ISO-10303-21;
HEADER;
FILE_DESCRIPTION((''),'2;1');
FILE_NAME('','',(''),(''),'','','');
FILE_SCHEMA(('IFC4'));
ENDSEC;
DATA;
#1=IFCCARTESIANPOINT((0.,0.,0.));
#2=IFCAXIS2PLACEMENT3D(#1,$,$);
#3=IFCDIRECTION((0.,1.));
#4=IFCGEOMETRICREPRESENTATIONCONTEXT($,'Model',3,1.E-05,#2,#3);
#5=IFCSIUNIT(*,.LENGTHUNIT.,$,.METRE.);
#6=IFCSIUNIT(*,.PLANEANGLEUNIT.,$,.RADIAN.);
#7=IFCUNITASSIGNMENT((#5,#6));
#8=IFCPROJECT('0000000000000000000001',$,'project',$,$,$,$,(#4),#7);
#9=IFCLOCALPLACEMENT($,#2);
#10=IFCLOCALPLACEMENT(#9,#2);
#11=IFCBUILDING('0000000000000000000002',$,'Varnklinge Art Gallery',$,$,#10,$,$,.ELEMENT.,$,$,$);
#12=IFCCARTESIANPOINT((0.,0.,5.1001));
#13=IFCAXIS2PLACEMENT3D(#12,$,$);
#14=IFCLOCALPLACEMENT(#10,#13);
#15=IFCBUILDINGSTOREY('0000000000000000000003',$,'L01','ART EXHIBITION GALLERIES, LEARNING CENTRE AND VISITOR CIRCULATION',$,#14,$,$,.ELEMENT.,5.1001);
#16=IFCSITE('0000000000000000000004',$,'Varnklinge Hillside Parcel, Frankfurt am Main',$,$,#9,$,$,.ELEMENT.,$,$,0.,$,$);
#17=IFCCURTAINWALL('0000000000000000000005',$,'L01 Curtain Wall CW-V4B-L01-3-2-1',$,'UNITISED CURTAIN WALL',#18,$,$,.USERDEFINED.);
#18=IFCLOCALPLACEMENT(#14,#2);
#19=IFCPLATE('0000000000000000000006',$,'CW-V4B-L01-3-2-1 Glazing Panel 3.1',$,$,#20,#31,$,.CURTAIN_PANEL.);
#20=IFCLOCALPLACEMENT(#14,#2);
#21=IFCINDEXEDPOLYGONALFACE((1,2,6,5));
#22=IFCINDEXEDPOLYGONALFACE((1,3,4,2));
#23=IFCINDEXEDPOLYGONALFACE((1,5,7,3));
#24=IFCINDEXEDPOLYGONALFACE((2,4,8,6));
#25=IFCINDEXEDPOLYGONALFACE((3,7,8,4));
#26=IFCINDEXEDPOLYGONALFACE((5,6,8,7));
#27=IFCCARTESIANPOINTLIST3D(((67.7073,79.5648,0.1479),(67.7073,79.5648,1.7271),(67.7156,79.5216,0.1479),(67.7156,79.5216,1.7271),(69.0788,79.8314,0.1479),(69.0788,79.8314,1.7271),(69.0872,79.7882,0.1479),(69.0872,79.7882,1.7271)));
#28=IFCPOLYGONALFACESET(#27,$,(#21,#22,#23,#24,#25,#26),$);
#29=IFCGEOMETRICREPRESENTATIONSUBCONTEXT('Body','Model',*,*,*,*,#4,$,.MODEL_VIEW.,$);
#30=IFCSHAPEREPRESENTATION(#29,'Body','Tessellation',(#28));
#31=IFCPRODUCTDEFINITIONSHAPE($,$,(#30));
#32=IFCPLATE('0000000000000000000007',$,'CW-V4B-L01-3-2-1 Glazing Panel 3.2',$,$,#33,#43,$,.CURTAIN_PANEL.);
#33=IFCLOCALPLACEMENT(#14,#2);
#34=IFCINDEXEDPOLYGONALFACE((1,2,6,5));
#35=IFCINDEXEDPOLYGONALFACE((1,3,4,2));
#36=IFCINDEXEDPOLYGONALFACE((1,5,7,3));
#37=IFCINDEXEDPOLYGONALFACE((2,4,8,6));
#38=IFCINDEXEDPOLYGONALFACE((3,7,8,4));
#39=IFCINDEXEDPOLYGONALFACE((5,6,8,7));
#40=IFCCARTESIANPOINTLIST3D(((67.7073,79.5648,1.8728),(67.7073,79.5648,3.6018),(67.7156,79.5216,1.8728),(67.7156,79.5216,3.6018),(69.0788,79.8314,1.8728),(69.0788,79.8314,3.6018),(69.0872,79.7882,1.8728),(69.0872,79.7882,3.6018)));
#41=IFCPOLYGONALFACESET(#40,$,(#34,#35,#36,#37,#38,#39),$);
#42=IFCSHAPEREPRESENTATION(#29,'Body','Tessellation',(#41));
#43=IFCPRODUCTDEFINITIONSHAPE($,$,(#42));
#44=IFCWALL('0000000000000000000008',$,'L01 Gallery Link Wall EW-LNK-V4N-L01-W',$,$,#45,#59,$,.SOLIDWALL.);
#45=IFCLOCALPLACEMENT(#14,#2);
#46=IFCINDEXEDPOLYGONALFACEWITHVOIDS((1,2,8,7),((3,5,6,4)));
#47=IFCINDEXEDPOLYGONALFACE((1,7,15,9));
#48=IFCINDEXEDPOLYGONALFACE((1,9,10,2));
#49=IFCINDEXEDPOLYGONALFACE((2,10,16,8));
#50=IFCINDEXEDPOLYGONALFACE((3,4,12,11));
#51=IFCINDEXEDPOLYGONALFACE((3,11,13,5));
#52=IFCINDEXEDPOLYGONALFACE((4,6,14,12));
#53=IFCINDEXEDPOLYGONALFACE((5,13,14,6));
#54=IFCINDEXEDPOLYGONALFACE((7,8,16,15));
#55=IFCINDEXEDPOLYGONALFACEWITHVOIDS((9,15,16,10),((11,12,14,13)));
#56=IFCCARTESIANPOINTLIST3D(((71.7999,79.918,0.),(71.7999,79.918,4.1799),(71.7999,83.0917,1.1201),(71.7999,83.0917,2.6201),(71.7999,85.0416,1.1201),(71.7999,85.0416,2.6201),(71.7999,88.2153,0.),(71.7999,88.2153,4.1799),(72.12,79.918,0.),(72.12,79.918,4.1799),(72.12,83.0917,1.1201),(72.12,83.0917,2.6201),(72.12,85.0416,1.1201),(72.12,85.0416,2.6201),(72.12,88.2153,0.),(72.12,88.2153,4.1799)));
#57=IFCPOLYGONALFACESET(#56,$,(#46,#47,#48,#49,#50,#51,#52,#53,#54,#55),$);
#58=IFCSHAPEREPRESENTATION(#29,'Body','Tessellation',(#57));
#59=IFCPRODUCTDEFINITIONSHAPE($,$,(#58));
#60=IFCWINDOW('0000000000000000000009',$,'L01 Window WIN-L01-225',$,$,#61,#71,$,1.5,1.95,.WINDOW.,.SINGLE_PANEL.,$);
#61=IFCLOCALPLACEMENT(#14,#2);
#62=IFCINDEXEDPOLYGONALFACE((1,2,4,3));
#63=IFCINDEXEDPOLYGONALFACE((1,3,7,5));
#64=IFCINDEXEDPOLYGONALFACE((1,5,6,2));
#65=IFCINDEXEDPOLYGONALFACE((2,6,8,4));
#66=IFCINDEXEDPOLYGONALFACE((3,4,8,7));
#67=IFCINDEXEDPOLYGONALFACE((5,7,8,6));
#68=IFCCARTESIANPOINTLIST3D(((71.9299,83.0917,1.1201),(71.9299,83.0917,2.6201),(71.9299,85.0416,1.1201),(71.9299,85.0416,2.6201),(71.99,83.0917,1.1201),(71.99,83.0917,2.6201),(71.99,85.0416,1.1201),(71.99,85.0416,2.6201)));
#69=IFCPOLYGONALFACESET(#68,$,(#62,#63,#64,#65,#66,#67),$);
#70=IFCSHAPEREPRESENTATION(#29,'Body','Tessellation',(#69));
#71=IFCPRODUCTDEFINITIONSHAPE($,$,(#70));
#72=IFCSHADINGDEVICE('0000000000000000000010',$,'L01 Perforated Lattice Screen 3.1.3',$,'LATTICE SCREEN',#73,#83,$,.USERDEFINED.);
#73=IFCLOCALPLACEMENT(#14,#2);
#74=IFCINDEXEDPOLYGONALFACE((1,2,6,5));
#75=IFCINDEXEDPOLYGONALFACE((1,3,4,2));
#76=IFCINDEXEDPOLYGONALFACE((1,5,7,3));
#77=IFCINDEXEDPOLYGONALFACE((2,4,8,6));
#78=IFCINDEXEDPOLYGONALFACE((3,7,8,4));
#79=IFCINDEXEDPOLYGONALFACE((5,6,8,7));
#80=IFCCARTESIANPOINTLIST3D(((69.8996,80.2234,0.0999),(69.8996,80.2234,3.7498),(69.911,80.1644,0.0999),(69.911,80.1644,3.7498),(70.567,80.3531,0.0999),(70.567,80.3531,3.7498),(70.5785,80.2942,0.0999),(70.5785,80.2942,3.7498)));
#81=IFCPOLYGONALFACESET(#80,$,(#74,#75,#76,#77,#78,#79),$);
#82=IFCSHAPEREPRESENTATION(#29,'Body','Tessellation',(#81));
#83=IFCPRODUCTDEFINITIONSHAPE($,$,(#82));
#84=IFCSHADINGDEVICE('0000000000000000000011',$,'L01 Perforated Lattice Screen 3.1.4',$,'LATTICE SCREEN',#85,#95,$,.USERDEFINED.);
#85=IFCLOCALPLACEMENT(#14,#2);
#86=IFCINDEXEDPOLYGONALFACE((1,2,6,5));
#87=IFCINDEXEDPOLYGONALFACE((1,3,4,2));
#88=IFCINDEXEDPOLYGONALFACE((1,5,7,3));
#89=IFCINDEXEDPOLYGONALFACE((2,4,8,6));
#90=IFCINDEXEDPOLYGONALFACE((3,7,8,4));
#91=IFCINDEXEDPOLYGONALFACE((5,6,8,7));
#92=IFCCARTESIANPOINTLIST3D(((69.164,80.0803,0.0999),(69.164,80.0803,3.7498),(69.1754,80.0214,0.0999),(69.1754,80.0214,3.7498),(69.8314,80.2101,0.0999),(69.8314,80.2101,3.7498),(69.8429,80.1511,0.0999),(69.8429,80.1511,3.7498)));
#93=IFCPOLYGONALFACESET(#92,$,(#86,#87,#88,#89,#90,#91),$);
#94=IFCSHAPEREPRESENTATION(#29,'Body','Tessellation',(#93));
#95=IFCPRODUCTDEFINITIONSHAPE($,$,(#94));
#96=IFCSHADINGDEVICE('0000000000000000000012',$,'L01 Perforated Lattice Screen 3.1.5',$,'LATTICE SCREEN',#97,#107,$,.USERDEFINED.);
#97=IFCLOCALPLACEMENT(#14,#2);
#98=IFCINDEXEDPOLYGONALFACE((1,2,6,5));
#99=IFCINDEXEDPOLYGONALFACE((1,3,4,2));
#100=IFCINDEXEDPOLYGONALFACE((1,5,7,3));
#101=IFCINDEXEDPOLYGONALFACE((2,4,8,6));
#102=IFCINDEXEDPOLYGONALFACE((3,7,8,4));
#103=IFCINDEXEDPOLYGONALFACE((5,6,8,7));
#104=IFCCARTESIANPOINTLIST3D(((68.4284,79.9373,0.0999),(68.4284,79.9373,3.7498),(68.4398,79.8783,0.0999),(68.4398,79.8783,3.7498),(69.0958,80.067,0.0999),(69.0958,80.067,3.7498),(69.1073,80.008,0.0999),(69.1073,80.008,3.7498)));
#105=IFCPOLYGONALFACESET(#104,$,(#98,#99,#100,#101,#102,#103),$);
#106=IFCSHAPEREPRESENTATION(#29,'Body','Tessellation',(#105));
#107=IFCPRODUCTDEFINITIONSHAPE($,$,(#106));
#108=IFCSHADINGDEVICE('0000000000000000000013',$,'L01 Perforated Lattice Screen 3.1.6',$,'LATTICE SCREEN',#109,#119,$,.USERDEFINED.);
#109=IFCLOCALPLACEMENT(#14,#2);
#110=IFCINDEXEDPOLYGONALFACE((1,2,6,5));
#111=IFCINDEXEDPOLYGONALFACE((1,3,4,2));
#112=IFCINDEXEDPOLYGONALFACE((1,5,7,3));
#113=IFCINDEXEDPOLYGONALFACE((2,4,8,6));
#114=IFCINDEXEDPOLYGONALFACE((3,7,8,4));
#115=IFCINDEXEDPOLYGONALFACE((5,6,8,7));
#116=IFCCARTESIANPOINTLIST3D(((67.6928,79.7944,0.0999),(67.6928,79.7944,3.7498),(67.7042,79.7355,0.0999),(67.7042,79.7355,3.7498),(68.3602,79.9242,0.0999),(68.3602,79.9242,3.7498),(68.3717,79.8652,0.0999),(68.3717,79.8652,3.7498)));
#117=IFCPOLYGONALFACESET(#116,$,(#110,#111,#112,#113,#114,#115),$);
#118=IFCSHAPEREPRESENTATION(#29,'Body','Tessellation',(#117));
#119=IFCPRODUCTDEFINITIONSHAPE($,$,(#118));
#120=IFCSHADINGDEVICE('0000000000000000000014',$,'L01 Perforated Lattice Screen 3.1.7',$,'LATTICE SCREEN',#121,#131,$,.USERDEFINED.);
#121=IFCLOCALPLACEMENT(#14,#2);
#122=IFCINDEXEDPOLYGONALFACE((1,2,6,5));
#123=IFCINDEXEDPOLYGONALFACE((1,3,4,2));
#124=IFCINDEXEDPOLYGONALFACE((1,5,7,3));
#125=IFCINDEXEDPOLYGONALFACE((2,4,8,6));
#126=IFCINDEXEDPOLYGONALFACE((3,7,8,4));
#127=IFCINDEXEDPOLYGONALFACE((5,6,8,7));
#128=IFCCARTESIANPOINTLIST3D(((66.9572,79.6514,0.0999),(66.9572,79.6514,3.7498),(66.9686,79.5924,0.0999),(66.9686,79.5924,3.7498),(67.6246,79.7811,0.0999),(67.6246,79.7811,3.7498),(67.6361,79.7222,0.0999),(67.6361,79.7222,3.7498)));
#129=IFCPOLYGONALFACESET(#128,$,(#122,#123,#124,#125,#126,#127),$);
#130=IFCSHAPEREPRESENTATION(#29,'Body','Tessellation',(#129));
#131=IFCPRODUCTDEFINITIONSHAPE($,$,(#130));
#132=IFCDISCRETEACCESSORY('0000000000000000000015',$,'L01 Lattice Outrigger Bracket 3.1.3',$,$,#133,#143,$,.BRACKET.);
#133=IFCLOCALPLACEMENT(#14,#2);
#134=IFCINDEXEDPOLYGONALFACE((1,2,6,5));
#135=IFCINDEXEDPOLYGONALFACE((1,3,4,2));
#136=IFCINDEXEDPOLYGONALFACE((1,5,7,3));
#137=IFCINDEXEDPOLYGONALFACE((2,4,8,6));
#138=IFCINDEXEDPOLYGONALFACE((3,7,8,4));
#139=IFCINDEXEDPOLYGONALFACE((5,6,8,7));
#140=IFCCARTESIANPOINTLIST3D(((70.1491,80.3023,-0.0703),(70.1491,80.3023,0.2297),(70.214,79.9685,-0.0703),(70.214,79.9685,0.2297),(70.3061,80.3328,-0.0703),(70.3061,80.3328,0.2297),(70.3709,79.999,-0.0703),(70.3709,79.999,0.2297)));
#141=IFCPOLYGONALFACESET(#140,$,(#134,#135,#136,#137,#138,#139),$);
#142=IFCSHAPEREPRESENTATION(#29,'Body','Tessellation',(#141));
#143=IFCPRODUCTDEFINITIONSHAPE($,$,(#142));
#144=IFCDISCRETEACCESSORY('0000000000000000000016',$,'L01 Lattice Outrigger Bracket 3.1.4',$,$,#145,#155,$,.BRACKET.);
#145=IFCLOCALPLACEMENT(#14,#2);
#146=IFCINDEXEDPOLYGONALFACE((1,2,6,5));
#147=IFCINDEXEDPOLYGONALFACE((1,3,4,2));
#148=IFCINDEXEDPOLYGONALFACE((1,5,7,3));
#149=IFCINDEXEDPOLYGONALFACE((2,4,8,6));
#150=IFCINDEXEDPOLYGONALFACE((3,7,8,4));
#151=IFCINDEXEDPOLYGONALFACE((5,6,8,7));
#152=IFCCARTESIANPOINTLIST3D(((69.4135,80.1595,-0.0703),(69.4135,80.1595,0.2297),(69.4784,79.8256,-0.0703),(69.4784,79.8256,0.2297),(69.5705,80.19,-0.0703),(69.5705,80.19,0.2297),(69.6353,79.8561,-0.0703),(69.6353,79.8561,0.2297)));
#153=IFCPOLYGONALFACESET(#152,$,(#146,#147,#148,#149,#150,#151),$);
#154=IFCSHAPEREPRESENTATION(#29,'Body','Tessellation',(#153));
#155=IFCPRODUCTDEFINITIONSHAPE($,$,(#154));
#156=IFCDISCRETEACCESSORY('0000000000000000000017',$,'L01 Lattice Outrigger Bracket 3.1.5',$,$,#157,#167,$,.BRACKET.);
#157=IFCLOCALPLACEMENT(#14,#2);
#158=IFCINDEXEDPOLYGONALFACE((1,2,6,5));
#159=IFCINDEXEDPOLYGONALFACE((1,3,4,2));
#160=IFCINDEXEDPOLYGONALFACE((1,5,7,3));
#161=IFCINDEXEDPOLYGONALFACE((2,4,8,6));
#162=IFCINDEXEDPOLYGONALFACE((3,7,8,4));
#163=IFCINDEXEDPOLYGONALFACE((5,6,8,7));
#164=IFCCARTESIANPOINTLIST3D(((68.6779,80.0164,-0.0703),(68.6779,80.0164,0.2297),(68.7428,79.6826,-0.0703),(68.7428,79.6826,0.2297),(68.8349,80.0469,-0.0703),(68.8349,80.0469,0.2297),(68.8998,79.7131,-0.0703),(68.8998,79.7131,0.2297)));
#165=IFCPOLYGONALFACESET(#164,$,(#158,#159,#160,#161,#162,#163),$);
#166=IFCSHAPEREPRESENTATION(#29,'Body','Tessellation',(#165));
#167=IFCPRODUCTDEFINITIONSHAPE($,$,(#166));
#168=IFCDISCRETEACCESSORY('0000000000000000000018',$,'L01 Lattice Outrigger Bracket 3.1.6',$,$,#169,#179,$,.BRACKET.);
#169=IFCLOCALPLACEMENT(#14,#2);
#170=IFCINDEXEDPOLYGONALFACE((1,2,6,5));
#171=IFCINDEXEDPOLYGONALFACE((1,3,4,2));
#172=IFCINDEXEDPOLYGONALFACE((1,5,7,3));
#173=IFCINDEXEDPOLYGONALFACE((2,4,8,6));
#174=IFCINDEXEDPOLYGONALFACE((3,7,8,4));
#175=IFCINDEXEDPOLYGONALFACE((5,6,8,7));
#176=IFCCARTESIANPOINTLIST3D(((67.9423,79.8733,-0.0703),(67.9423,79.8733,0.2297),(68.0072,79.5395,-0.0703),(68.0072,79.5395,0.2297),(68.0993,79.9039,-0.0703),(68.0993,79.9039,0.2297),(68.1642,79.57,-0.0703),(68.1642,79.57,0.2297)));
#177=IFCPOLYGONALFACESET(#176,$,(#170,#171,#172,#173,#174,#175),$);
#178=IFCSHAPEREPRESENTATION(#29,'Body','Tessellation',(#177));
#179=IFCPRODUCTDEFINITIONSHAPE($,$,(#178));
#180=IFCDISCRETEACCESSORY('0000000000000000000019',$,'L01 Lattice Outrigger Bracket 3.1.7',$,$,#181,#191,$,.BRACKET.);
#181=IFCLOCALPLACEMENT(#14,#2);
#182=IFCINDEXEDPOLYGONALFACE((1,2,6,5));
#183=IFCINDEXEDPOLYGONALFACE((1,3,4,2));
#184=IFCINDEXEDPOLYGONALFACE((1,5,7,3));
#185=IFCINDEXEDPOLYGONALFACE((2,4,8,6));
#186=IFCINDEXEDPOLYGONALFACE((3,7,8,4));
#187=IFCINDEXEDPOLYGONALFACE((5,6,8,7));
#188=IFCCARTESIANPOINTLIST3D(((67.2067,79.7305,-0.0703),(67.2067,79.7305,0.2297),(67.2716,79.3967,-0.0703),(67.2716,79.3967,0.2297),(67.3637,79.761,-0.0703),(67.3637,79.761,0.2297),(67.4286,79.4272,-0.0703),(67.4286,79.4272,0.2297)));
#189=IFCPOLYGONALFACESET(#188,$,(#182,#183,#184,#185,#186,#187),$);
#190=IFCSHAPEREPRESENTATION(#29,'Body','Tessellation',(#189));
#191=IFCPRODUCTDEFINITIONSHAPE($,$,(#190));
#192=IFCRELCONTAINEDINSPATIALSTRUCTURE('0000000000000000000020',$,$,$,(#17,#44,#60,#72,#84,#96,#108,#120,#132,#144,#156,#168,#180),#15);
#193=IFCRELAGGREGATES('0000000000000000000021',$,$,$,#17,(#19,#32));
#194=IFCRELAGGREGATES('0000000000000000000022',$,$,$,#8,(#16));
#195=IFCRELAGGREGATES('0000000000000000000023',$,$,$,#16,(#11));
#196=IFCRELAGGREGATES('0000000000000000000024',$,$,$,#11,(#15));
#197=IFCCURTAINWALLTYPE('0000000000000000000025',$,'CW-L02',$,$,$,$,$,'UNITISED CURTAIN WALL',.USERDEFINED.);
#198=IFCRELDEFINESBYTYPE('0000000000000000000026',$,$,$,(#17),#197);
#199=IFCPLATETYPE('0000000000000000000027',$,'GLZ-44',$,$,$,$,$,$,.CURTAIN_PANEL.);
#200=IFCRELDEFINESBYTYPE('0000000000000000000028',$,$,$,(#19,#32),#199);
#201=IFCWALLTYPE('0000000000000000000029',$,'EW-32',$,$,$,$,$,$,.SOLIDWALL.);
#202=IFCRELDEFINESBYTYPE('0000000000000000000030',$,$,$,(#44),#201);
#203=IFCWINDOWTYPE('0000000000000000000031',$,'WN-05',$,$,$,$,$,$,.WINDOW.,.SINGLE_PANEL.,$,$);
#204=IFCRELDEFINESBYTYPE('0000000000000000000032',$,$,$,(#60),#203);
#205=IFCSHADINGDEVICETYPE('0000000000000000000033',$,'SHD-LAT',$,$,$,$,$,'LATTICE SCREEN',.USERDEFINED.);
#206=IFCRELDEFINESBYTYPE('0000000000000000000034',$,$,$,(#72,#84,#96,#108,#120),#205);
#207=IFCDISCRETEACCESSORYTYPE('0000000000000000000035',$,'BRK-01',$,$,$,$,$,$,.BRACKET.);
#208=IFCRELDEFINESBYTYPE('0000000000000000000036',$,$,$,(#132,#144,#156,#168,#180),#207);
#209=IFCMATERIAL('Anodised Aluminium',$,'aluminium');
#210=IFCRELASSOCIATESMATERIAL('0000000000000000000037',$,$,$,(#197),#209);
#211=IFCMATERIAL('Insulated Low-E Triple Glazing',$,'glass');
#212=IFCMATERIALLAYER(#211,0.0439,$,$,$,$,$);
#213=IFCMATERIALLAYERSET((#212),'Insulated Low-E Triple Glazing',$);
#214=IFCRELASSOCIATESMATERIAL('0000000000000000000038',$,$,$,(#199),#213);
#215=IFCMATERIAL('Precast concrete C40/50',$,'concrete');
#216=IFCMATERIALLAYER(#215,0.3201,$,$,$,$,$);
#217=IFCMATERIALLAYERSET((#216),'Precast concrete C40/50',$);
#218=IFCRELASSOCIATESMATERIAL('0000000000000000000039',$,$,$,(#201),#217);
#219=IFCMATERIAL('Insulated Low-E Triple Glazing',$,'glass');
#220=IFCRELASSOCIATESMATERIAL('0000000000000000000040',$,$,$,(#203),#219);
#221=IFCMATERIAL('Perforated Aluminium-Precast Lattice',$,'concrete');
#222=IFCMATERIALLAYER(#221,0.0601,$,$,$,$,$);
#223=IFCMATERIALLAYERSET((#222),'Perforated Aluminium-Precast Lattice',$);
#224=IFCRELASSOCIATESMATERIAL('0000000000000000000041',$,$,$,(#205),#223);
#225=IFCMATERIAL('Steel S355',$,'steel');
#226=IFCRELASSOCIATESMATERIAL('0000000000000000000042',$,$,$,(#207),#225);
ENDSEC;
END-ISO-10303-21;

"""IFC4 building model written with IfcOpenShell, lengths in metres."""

from ifc_helpers import new_model, si_unit, direction, frame, frame_2d, origin, origin_2d, place, context, subcontext, project, spatial, rectangle, extrude, material, layer, layer_set, type_object, element, fill, aggregate, save


model = new_model("IFC4")

# Units and contexts
model_context = context("Model", 3, precision=1e-05, world=origin(), true_north=direction((0.0, 1.0)))
body_context = subcontext(model_context, "Body", "Model", "MODEL_VIEW")
ifc_project = project(units=[si_unit("LENGTHUNIT", "METRE"), si_unit("PLANEANGLEUNIT", "RADIAN")], contexts=[model_context])

# Site, building, storey
site_placement = place(None, origin())
site = spatial("IfcSite", under=ifc_project, at=site_placement, Name="Varnklinge Hillside Parcel, Frankfurt am Main", CompositionType="ELEMENT", RefElevation=0.0)
building_placement = place(site_placement, origin())
building = spatial("IfcBuilding", under=site, at=building_placement, Name="Varnklinge Art Gallery", CompositionType="ELEMENT")
storey_placement = place(building_placement, frame((0.0, 0.0, 5.1001)))
storey = spatial("IfcBuildingStorey", under=building, at=storey_placement, Name="L01", Description="ART EXHIBITION GALLERIES, LEARNING CENTRE AND VISITOR CIRCULATION", CompositionType="ELEMENT", Elevation=5.1001)

# Curtain wall
ifc_material_1 = material(Name="Anodised Aluminium", Category="aluminium")
curtain_wall_type = type_object("IfcCurtainWallType", Name="CW-L02", ElementType="UNITISED CURTAIN WALL", PredefinedType="USERDEFINED", material=ifc_material_1)
curtain_wall_placement = place(storey_placement, origin())
curtain_wall = element("IfcCurtainWall", 1, at=curtain_wall_placement, inside=storey, type_object=curtain_wall_type, Name="L01 Curtain Wall CW-V4B-L01-3-2-1", ObjectType="UNITISED CURTAIN WALL", PredefinedType="USERDEFINED")

# Plates
ifc_material_2 = material(Name="Insulated Low-E Triple Glazing", Category="glass")
ifc_layer_1 = layer(ifc_material_2, 0.0439)
ifc_layer_set_1 = layer_set([ifc_layer_1], Name="Insulated Low-E Triple Glazing")
plate_type = type_object("IfcPlateType", Name="GLZ-44", PredefinedType="CURTAIN_PANEL", material=ifc_layer_set_1)
plate_1_placement = place(storey_placement, frame((68.3972, 79.6765, 0.1479), z_axis=(0.0, 0.0, 1.0), x_axis=(-0.981627, -0.190809, 0.0)))
plate_1 = element("IfcPlate", 2, at=plate_1_placement, type_object=plate_type, Name="CW-V4B-L01-3-2-1 Glazing Panel 3.1", PredefinedType="CURTAIN_PANEL", context=body_context, shape_type="SweptSolid", body=[
    extrude(rectangle(XDim=1.3972, YDim=0.0439, at=origin_2d()), origin(), (0.0, 0.0, 1.0), 1.5791),
])
plate_2_placement = place(storey_placement, frame((68.3972, 79.6765, 1.8728), z_axis=(0.0, 0.0, 1.0), x_axis=(-0.981627, -0.190809, 0.0)))
plate_2 = element("IfcPlate", 3, at=plate_2_placement, type_object=plate_type, Name="CW-V4B-L01-3-2-1 Glazing Panel 3.2", PredefinedType="CURTAIN_PANEL", context=body_context, shape_type="SweptSolid", body=[
    extrude(rectangle(XDim=1.3972, YDim=0.0439, at=origin_2d()), origin(), (0.0, 0.0, 1.0), 1.729),
])
aggregate(curtain_wall, [plate_1, plate_2])

# Wall, opening, window
ifc_material_3 = material(Name="Precast concrete C40/50", Category="concrete")
ifc_layer_2 = layer(ifc_material_3, 0.3201)
ifc_layer_set_2 = layer_set([ifc_layer_2], Name="Precast concrete C40/50")
wall_type = type_object("IfcWallType", Name="EW-32", PredefinedType="SOLIDWALL", material=ifc_layer_set_2)
wall_placement = place(storey_placement, frame((71.96, 79.918, 0.0), z_axis=(0.0, 0.0, 1.0), x_axis=(0.0, 1.0, 0.0)))
wall = element("IfcWall", 4, at=wall_placement, inside=storey, type_object=wall_type, Name="L01 Gallery Link Wall EW-LNK-V4N-L01-W", PredefinedType="SOLIDWALL", context=body_context, shape_type="SweptSolid", body=[
    extrude(rectangle(XDim=8.2974, YDim=0.3201, at=frame_2d((4.1487, 0.0))), origin(), (0.0, 0.0, 1.0), 4.1799),
])
opening_placement = place(wall_placement, frame((3.1736, 0.0, 1.1201)))
opening = element("IfcOpeningElement", 5, at=opening_placement, cuts=wall, PredefinedType="OPENING", context=body_context, shape_type="SweptSolid", body=[
    extrude(rectangle(XDim=1.95, YDim=1.5, at=frame_2d((0.9751, 0.75))), frame((0.0, 0.1702, 0.0), z_axis=(0.0, -1.0, 0.0), x_axis=(1.0, 0.0, 0.0)), (0.0, 0.0, 1.0), 0.3401),
])
ifc_material_4 = material(Name="Insulated Low-E Triple Glazing", Category="glass")
window_type = type_object("IfcWindowType", Name="WN-05", PartitioningType="SINGLE_PANEL", PredefinedType="WINDOW", material=ifc_material_4)
window_placement = place(opening_placement, origin())
window = element("IfcWindow", 6, at=window_placement, inside=storey, type_object=window_type, Name="L01 Window WIN-L01-225", OverallHeight=1.5, OverallWidth=1.95, PartitioningType="SINGLE_PANEL", PredefinedType="WINDOW", context=body_context, shape_type="SweptSolid", body=[
    extrude(rectangle(XDim=1.95, YDim=1.5, at=frame_2d((0.9751, 0.75))), frame((0.0, 0.03, 0.0), z_axis=(0.0, -1.0, 0.0), x_axis=(1.0, 0.0, 0.0)), (0.0, 0.0, 1.0), 0.0601),
])
fill(opening, window)

# Shading devices
ifc_material_5 = material(Name="Perforated Aluminium-Precast Lattice", Category="concrete")
ifc_layer_3 = layer(ifc_material_5, 0.0601)
ifc_layer_set_3 = layer_set([ifc_layer_3], Name="Perforated Aluminium-Precast Lattice")
shading_device_type = type_object("IfcShadingDeviceType", Name="SHD-LAT", ElementType="LATTICE SCREEN", PredefinedType="USERDEFINED", material=ifc_layer_set_3)
for number, where, z_axis, x_axis, name in (
    (7, (70.239, 80.2588, 0.0999), (0.0, 0.0, 1.0), (-0.981627, -0.190809, 0.0), "L01 Perforated Lattice Screen 3.1.3"),
    (8, (69.5034, 80.1157, 0.0999), (0.0, 0.0, 1.0), (-0.981627, -0.190809, 0.0), "L01 Perforated Lattice Screen 3.1.4"),
    (9, (68.7678, 79.9727, 0.0999), (0.0, 0.0, 1.0), (-0.981627, -0.190809, 0.0), "L01 Perforated Lattice Screen 3.1.5"),
    (10, (68.0322, 79.8298, 0.0999), (0.0, 0.0, 1.0), (-0.981627, -0.190809, 0.0), "L01 Perforated Lattice Screen 3.1.6"),
    (11, (67.2966, 79.6868, 0.0999), (0.0, 0.0, 1.0), (-0.981627, -0.190809, 0.0), "L01 Perforated Lattice Screen 3.1.7"),
):
    element("IfcShadingDevice", number, at=place(storey_placement, frame(where, z_axis=z_axis, x_axis=x_axis)), inside=storey, type_object=shading_device_type, Name=name, ObjectType="LATTICE SCREEN", PredefinedType="USERDEFINED", context=body_context, shape_type="SweptSolid", body=[
        extrude(rectangle(XDim=0.6799, YDim=0.0601, at=origin_2d()), origin(), (0.0, 0.0, 1.0), 3.6499),
    ])

# Discrete accessories
ifc_material_6 = material(Name="Steel S355", Category="steel")
discrete_accessory_type = type_object("IfcDiscreteAccessoryType", Name="BRK-01", PredefinedType="BRACKET", material=ifc_material_6)
for number, where, z_axis, x_axis, name in (
    (12, (70.26, 80.1506, -0.0703), (0.0, 0.0, 1.0), (-0.981627, -0.190809, 0.0), "L01 Lattice Outrigger Bracket 3.1.3"),
    (13, (69.5244, 80.0078, -0.0703), (0.0, 0.0, 1.0), (-0.981627, -0.190809, 0.0), "L01 Lattice Outrigger Bracket 3.1.4"),
    (14, (68.7888, 79.8647, -0.0703), (0.0, 0.0, 1.0), (-0.981627, -0.190809, 0.0), "L01 Lattice Outrigger Bracket 3.1.5"),
    (15, (68.0532, 79.7217, -0.0703), (0.0, 0.0, 1.0), (-0.981627, -0.190809, 0.0), "L01 Lattice Outrigger Bracket 3.1.6"),
    (16, (67.3176, 79.5789, -0.0703), (0.0, 0.0, 1.0), (-0.981627, -0.190809, 0.0), "L01 Lattice Outrigger Bracket 3.1.7"),
):
    element("IfcDiscreteAccessory", number, at=place(storey_placement, frame(where, z_axis=z_axis, x_axis=x_axis)), inside=storey, type_object=discrete_accessory_type, Name=name, PredefinedType="BRACKET", context=body_context, shape_type="SweptSolid", body=[
        extrude(rectangle(XDim=0.1599, YDim=0.3401, at=origin_2d()), origin(), (0.0, 0.0, 1.0), 0.3),
    ])

save(model, "model.ifc")
